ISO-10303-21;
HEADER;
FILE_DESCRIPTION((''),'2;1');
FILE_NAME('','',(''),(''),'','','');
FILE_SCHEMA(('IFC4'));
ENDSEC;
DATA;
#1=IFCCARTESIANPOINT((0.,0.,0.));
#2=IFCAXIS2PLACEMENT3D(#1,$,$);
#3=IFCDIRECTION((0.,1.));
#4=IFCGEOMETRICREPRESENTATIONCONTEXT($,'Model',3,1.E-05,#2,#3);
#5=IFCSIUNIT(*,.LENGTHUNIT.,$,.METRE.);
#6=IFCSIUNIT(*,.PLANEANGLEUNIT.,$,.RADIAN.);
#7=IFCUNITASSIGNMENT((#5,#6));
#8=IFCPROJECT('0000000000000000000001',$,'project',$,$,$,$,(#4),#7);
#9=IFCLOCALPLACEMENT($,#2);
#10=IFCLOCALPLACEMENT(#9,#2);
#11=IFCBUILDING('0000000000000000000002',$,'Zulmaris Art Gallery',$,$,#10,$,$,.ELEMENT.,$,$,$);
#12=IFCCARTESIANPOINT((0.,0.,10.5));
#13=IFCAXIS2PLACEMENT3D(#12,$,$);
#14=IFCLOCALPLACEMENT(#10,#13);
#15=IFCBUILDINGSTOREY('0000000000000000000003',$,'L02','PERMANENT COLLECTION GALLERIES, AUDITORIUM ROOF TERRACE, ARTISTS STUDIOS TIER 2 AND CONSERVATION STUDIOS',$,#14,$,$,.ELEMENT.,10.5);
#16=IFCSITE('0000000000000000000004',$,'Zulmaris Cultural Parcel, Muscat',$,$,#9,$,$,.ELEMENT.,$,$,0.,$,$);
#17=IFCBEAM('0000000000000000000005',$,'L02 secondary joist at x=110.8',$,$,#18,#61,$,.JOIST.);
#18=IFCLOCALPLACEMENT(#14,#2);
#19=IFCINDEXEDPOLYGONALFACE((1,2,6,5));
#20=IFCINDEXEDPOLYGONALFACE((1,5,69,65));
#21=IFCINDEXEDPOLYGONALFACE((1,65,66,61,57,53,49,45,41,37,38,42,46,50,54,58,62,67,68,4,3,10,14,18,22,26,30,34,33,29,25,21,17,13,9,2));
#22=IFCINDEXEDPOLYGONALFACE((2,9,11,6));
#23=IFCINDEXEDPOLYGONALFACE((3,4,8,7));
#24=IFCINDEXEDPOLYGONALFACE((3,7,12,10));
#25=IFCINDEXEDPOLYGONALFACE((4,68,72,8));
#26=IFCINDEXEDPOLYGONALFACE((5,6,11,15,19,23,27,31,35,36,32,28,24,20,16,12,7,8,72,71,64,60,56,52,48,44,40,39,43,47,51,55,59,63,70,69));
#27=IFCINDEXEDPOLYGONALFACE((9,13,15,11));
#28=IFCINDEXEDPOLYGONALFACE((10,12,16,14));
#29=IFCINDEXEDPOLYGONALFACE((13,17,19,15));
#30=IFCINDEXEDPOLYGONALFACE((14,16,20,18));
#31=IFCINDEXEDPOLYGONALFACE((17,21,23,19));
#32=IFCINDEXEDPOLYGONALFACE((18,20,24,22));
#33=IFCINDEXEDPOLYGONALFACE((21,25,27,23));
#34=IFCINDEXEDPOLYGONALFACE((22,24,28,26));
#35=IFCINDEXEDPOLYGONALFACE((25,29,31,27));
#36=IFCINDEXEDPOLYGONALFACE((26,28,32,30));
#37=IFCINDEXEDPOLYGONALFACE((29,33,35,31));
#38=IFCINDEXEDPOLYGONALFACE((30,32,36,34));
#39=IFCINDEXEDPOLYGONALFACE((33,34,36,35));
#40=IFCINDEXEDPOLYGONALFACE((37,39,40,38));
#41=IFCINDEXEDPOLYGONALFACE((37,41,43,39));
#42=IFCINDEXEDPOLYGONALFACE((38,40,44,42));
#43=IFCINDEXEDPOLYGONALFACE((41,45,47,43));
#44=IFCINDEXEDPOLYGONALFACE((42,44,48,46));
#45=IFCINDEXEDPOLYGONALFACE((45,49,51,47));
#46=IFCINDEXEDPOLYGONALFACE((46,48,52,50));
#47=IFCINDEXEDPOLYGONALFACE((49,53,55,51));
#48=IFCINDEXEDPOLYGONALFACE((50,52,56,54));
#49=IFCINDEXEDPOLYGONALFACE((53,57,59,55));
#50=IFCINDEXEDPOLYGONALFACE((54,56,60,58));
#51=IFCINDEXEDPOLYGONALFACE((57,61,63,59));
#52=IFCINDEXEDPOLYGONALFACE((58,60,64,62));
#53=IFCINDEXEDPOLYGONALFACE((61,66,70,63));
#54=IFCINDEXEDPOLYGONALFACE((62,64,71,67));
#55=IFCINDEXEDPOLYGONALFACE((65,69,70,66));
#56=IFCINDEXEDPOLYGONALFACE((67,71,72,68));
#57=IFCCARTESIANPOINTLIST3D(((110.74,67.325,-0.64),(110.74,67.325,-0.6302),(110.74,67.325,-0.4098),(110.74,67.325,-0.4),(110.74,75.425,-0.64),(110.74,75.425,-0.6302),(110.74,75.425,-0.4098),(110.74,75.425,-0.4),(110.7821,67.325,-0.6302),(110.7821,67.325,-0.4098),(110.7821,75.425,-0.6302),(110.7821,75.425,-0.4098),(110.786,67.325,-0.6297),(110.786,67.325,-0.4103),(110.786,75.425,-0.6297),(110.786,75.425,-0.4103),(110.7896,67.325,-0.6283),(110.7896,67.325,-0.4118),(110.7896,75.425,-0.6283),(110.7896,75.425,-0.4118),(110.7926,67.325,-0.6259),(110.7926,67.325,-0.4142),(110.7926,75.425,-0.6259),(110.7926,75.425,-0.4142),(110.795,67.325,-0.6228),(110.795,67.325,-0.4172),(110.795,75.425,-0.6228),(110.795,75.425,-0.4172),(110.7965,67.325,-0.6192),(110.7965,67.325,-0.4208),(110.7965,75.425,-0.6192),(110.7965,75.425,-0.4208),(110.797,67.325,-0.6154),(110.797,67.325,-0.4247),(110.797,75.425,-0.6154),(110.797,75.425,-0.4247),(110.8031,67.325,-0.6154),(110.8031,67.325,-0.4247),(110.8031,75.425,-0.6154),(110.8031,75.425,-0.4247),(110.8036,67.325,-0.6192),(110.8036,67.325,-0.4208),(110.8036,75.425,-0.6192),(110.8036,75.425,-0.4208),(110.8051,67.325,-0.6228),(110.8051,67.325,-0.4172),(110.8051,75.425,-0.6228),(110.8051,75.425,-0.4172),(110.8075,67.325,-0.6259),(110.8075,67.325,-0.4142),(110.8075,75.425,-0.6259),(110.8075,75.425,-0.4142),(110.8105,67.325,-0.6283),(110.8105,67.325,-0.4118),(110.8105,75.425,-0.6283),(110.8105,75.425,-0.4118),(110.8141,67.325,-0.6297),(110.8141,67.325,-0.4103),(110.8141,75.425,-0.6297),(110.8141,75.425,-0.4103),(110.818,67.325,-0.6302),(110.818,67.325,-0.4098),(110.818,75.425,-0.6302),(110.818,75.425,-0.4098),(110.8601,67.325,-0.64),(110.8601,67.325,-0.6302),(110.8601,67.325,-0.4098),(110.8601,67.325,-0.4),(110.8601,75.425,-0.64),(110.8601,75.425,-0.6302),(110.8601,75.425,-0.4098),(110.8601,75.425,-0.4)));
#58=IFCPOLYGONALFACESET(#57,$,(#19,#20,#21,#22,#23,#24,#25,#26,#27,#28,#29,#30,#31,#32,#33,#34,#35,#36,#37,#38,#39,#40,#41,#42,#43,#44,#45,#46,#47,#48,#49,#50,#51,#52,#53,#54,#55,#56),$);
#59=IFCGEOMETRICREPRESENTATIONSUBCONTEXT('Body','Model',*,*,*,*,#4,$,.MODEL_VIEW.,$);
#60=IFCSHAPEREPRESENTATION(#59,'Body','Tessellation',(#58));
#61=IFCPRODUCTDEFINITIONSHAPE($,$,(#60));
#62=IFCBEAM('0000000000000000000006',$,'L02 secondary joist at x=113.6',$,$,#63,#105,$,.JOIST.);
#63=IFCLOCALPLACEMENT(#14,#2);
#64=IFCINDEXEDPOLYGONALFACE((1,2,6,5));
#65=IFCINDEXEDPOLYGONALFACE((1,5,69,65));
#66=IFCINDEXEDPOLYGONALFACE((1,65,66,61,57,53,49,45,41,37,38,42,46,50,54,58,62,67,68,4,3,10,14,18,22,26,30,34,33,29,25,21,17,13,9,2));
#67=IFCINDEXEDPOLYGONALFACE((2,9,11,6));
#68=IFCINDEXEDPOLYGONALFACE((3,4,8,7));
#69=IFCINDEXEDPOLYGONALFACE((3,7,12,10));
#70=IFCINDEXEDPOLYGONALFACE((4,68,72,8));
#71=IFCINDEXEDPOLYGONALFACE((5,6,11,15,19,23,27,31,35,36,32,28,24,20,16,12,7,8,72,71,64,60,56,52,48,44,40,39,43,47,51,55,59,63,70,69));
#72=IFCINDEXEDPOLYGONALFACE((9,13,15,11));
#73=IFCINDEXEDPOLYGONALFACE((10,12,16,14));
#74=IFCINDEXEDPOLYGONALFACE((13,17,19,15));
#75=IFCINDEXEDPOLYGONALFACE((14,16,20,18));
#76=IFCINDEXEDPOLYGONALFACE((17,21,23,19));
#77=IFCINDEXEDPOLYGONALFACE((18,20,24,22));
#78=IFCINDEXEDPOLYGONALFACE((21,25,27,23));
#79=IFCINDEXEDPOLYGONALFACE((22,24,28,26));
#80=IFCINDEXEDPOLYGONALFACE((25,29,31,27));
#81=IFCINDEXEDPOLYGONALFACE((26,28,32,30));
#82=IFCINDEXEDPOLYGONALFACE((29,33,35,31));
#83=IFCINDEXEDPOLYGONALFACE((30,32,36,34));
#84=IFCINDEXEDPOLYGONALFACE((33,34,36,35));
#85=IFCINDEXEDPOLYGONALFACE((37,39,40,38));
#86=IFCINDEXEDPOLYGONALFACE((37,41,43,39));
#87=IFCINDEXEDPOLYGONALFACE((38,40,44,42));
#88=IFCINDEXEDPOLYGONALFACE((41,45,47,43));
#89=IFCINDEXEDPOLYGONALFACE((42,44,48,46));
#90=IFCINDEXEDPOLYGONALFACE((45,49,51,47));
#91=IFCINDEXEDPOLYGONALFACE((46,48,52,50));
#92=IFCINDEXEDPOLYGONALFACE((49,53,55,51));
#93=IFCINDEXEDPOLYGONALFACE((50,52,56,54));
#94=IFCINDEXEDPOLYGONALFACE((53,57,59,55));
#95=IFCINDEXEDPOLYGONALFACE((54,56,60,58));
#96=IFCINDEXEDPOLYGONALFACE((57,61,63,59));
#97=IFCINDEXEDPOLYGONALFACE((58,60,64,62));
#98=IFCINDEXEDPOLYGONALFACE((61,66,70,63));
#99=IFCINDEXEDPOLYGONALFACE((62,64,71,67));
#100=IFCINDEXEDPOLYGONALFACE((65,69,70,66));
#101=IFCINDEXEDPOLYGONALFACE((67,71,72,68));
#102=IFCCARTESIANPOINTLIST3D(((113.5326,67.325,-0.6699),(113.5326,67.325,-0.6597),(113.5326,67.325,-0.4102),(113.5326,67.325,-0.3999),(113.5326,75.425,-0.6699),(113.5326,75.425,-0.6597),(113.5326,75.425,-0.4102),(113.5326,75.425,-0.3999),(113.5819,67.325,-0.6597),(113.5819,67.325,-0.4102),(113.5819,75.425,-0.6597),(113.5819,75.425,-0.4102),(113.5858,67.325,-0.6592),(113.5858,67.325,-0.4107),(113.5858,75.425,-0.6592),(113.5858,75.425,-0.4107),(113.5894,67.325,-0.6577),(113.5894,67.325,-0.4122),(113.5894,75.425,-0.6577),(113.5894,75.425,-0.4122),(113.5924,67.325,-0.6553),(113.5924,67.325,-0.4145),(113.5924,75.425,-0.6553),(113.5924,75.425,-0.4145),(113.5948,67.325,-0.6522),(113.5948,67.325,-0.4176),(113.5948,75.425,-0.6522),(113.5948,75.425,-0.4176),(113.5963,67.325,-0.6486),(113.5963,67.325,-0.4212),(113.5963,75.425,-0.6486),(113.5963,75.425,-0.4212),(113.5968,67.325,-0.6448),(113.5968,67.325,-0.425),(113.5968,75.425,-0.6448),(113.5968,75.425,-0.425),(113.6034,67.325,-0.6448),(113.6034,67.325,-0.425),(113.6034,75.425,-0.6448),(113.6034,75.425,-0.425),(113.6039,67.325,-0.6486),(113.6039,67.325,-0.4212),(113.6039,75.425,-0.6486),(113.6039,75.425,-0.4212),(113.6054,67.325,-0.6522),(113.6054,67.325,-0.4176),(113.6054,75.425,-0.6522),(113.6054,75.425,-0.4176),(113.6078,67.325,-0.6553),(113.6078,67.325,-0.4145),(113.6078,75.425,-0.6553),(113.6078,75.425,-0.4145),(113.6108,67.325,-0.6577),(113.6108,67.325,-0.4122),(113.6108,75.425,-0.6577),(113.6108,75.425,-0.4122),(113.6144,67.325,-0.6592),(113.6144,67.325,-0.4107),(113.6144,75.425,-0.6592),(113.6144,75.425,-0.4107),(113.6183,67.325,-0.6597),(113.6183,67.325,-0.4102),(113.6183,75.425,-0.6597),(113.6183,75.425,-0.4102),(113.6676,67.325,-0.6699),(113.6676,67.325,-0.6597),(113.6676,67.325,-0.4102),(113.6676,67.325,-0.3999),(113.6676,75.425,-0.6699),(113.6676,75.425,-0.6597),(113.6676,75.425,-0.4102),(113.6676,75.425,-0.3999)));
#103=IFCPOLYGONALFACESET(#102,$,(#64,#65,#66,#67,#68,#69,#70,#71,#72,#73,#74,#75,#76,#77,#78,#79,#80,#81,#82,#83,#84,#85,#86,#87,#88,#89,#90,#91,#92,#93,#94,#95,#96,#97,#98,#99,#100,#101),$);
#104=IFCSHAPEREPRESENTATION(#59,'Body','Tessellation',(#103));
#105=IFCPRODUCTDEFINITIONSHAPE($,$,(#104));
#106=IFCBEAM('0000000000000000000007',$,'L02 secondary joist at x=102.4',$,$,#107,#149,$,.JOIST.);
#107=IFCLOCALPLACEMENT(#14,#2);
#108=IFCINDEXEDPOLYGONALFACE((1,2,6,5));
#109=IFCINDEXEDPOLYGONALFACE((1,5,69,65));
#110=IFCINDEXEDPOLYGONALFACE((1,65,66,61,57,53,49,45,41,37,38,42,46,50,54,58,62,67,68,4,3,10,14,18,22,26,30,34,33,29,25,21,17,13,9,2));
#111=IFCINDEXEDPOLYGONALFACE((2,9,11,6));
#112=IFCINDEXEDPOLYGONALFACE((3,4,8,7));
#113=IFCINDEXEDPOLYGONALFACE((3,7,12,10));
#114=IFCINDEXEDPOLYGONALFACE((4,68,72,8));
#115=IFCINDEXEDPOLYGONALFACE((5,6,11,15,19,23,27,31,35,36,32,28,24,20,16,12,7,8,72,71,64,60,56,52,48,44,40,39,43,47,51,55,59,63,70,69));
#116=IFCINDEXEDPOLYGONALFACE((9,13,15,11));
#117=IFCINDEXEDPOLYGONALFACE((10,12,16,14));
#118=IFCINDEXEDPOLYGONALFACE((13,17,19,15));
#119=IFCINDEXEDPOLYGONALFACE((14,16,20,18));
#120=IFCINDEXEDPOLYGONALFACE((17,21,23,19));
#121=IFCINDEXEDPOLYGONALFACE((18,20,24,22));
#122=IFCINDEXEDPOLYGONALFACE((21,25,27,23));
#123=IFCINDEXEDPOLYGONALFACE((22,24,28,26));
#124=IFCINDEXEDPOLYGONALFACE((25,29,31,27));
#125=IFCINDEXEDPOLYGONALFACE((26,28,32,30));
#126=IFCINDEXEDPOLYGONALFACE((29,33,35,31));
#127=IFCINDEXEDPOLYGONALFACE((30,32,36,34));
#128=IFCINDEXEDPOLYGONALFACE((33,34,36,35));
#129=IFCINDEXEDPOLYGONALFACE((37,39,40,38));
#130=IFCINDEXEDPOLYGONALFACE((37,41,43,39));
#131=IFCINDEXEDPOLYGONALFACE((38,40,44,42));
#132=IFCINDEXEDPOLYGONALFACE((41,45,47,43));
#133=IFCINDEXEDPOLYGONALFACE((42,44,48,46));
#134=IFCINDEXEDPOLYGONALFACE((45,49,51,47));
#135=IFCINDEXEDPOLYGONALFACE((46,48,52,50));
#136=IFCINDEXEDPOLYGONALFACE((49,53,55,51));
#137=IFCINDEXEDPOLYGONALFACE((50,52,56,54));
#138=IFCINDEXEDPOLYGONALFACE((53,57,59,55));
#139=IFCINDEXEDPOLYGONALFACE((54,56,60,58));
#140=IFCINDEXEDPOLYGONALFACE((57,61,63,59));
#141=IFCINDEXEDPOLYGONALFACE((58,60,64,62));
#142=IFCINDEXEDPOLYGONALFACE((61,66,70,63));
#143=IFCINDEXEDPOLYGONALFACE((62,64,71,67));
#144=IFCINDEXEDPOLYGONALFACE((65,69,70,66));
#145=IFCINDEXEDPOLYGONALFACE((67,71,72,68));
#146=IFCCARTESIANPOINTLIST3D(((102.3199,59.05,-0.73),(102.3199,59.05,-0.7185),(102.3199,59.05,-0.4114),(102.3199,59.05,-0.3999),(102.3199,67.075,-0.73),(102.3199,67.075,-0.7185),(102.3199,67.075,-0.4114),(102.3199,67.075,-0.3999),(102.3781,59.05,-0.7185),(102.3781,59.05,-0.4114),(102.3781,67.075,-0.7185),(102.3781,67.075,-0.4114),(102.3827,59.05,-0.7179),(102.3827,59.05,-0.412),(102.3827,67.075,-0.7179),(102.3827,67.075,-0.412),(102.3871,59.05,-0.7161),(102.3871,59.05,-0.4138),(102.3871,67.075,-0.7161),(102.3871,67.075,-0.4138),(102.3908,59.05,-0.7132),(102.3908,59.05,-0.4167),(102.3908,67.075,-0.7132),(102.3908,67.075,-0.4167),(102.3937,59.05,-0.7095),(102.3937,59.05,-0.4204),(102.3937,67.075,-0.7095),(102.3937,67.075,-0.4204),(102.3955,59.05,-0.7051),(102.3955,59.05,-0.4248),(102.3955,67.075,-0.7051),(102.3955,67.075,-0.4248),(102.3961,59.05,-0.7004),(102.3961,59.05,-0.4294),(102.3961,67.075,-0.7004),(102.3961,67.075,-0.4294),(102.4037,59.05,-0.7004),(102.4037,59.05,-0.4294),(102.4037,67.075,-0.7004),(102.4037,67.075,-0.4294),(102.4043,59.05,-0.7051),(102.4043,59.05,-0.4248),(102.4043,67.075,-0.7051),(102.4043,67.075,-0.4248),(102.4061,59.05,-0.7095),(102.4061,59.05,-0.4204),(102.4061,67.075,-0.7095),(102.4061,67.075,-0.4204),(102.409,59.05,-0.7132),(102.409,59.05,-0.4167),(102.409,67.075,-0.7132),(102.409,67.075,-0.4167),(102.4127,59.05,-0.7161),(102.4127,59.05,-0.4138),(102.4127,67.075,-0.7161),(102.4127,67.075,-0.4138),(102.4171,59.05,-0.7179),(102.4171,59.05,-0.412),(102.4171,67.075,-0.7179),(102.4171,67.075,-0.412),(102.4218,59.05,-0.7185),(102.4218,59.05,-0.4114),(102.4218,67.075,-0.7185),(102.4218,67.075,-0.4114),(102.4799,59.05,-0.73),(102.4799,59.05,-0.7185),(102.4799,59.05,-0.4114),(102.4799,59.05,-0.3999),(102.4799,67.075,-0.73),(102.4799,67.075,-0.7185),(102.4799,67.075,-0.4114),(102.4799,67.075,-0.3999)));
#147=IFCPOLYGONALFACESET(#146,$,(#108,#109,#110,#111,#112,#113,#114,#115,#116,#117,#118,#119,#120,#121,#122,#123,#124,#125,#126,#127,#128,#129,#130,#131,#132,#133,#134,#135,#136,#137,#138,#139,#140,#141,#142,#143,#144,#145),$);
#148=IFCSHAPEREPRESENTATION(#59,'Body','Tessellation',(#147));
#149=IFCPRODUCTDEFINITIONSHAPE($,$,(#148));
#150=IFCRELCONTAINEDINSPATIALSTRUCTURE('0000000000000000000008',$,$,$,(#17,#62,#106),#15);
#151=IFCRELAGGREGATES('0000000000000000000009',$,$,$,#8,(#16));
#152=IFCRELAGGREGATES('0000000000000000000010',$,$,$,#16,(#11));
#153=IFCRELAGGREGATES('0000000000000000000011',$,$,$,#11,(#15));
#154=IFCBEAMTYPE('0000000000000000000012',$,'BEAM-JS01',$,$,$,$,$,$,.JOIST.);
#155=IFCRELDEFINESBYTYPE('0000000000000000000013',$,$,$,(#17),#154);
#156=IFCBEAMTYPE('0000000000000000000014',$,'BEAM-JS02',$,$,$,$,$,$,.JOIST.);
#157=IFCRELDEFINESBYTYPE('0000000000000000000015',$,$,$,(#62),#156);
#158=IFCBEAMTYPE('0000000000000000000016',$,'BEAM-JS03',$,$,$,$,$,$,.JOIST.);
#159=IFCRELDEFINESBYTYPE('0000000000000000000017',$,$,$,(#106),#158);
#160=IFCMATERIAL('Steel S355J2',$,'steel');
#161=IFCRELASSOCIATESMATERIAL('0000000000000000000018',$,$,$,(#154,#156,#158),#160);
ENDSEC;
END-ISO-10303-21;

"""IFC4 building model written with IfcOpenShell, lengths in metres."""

from ifc_helpers import new_model, si_unit, direction, frame, origin, origin_2d, place, context, subcontext, project, spatial, i_section, extrude, material, material_profile, profile_set, type_object, element, save


model = new_model("IFC4")

# Units and contexts
model_context = context("Model", 3, precision=1e-05, world=origin(), true_north=direction((0.0, 1.0)))
body_context = subcontext(model_context, "Body", "Model", "MODEL_VIEW")
ifc_project = project(units=[si_unit("LENGTHUNIT", "METRE"), si_unit("PLANEANGLEUNIT", "RADIAN")], contexts=[model_context])

# Site, building, storey
site_placement = place(None, origin())
site = spatial("IfcSite", under=ifc_project, at=site_placement, Name="Zulmaris Cultural Parcel, Muscat", CompositionType="ELEMENT", RefElevation=0.0)
building_placement = place(site_placement, origin())
building = spatial("IfcBuilding", under=site, at=building_placement, Name="Zulmaris Art Gallery", CompositionType="ELEMENT")
storey_placement = place(building_placement, frame((0.0, 0.0, 10.5)))
storey = spatial("IfcBuildingStorey", under=building, at=storey_placement, Name="L02", Description="PERMANENT COLLECTION GALLERIES, AUDITORIUM ROOF TERRACE, ARTISTS STUDIOS TIER 2 AND CONSERVATION STUDIOS", CompositionType="ELEMENT", Elevation=10.5)

# Beams
ifc_material_1 = material(Name="Steel S355J2", Category="steel")
ifc_material_profile_1 = material_profile(ifc_material_1, i_section(OverallWidth=0.1201, OverallDepth=0.24, WebThickness=0.0061, FlangeThickness=0.0098, FilletRadius=0.0149, at=origin_2d()), Name="IPE 240")
ifc_profile_set_1 = profile_set([ifc_material_profile_1], Name="Steel S355J2")
beam_type_1 = type_object("IfcBeamType", Name="BEAM-JS01", PredefinedType="JOIST", material=ifc_profile_set_1)
beam_1_placement = place(storey_placement, frame((110.8, 67.325, -0.52), z_axis=(0.0, 1.0, 0.0), x_axis=(-1.0, 0.0, 0.0)))
element("IfcBeam", 1, at=beam_1_placement, inside=storey, type_object=beam_type_1, Name="L02 secondary joist at x=110.8", PredefinedType="JOIST", context=body_context, shape_type="SweptSolid", body=[
    extrude(i_section(OverallWidth=0.1201, OverallDepth=0.24, WebThickness=0.0061, FlangeThickness=0.0098, FilletRadius=0.0149, at=origin_2d()), origin(), (0.0, 0.0, 1.0), 8.1001),
])
ifc_material_profile_2 = material_profile(ifc_material_1, i_section(OverallWidth=0.135, OverallDepth=0.27, WebThickness=0.0066, FlangeThickness=0.0103, FilletRadius=0.0149, at=origin_2d()), Name="IPE 270")
ifc_profile_set_2 = profile_set([ifc_material_profile_2], Name="Steel S355J2")
beam_type_2 = type_object("IfcBeamType", Name="BEAM-JS02", PredefinedType="JOIST", material=ifc_profile_set_2)
beam_2_placement = place(storey_placement, frame((113.6001, 67.325, -0.5349), z_axis=(0.0, 1.0, 0.0), x_axis=(-1.0, 0.0, 0.0)))
element("IfcBeam", 2, at=beam_2_placement, inside=storey, type_object=beam_type_2, Name="L02 secondary joist at x=113.6", PredefinedType="JOIST", context=body_context, shape_type="SweptSolid", body=[
    extrude(i_section(OverallWidth=0.135, OverallDepth=0.27, WebThickness=0.0066, FlangeThickness=0.0103, FilletRadius=0.0149, at=origin_2d()), origin(), (0.0, 0.0, 1.0), 8.1001),
])
ifc_material_profile_3 = material_profile(ifc_material_1, i_section(OverallWidth=0.1599, OverallDepth=0.3301, WebThickness=0.0076, FlangeThickness=0.0115, FilletRadius=0.0181, at=origin_2d()), Name="IPE 330")
ifc_profile_set_3 = profile_set([ifc_material_profile_3], Name="Steel S355J2")
beam_type_3 = type_object("IfcBeamType", Name="BEAM-JS03", PredefinedType="JOIST", material=ifc_profile_set_3)
beam_3_placement = place(storey_placement, frame((102.3999, 59.05, -0.5649), z_axis=(0.0, 1.0, 0.0), x_axis=(-1.0, 0.0, 0.0)))
element("IfcBeam", 3, at=beam_3_placement, inside=storey, type_object=beam_type_3, Name="L02 secondary joist at x=102.4", PredefinedType="JOIST", context=body_context, shape_type="SweptSolid", body=[
    extrude(i_section(OverallWidth=0.1599, OverallDepth=0.3301, WebThickness=0.0076, FlangeThickness=0.0115, FilletRadius=0.0181, at=origin_2d()), origin(), (0.0, 0.0, 1.0), 8.0249),
])

save(model, "model.ifc")
